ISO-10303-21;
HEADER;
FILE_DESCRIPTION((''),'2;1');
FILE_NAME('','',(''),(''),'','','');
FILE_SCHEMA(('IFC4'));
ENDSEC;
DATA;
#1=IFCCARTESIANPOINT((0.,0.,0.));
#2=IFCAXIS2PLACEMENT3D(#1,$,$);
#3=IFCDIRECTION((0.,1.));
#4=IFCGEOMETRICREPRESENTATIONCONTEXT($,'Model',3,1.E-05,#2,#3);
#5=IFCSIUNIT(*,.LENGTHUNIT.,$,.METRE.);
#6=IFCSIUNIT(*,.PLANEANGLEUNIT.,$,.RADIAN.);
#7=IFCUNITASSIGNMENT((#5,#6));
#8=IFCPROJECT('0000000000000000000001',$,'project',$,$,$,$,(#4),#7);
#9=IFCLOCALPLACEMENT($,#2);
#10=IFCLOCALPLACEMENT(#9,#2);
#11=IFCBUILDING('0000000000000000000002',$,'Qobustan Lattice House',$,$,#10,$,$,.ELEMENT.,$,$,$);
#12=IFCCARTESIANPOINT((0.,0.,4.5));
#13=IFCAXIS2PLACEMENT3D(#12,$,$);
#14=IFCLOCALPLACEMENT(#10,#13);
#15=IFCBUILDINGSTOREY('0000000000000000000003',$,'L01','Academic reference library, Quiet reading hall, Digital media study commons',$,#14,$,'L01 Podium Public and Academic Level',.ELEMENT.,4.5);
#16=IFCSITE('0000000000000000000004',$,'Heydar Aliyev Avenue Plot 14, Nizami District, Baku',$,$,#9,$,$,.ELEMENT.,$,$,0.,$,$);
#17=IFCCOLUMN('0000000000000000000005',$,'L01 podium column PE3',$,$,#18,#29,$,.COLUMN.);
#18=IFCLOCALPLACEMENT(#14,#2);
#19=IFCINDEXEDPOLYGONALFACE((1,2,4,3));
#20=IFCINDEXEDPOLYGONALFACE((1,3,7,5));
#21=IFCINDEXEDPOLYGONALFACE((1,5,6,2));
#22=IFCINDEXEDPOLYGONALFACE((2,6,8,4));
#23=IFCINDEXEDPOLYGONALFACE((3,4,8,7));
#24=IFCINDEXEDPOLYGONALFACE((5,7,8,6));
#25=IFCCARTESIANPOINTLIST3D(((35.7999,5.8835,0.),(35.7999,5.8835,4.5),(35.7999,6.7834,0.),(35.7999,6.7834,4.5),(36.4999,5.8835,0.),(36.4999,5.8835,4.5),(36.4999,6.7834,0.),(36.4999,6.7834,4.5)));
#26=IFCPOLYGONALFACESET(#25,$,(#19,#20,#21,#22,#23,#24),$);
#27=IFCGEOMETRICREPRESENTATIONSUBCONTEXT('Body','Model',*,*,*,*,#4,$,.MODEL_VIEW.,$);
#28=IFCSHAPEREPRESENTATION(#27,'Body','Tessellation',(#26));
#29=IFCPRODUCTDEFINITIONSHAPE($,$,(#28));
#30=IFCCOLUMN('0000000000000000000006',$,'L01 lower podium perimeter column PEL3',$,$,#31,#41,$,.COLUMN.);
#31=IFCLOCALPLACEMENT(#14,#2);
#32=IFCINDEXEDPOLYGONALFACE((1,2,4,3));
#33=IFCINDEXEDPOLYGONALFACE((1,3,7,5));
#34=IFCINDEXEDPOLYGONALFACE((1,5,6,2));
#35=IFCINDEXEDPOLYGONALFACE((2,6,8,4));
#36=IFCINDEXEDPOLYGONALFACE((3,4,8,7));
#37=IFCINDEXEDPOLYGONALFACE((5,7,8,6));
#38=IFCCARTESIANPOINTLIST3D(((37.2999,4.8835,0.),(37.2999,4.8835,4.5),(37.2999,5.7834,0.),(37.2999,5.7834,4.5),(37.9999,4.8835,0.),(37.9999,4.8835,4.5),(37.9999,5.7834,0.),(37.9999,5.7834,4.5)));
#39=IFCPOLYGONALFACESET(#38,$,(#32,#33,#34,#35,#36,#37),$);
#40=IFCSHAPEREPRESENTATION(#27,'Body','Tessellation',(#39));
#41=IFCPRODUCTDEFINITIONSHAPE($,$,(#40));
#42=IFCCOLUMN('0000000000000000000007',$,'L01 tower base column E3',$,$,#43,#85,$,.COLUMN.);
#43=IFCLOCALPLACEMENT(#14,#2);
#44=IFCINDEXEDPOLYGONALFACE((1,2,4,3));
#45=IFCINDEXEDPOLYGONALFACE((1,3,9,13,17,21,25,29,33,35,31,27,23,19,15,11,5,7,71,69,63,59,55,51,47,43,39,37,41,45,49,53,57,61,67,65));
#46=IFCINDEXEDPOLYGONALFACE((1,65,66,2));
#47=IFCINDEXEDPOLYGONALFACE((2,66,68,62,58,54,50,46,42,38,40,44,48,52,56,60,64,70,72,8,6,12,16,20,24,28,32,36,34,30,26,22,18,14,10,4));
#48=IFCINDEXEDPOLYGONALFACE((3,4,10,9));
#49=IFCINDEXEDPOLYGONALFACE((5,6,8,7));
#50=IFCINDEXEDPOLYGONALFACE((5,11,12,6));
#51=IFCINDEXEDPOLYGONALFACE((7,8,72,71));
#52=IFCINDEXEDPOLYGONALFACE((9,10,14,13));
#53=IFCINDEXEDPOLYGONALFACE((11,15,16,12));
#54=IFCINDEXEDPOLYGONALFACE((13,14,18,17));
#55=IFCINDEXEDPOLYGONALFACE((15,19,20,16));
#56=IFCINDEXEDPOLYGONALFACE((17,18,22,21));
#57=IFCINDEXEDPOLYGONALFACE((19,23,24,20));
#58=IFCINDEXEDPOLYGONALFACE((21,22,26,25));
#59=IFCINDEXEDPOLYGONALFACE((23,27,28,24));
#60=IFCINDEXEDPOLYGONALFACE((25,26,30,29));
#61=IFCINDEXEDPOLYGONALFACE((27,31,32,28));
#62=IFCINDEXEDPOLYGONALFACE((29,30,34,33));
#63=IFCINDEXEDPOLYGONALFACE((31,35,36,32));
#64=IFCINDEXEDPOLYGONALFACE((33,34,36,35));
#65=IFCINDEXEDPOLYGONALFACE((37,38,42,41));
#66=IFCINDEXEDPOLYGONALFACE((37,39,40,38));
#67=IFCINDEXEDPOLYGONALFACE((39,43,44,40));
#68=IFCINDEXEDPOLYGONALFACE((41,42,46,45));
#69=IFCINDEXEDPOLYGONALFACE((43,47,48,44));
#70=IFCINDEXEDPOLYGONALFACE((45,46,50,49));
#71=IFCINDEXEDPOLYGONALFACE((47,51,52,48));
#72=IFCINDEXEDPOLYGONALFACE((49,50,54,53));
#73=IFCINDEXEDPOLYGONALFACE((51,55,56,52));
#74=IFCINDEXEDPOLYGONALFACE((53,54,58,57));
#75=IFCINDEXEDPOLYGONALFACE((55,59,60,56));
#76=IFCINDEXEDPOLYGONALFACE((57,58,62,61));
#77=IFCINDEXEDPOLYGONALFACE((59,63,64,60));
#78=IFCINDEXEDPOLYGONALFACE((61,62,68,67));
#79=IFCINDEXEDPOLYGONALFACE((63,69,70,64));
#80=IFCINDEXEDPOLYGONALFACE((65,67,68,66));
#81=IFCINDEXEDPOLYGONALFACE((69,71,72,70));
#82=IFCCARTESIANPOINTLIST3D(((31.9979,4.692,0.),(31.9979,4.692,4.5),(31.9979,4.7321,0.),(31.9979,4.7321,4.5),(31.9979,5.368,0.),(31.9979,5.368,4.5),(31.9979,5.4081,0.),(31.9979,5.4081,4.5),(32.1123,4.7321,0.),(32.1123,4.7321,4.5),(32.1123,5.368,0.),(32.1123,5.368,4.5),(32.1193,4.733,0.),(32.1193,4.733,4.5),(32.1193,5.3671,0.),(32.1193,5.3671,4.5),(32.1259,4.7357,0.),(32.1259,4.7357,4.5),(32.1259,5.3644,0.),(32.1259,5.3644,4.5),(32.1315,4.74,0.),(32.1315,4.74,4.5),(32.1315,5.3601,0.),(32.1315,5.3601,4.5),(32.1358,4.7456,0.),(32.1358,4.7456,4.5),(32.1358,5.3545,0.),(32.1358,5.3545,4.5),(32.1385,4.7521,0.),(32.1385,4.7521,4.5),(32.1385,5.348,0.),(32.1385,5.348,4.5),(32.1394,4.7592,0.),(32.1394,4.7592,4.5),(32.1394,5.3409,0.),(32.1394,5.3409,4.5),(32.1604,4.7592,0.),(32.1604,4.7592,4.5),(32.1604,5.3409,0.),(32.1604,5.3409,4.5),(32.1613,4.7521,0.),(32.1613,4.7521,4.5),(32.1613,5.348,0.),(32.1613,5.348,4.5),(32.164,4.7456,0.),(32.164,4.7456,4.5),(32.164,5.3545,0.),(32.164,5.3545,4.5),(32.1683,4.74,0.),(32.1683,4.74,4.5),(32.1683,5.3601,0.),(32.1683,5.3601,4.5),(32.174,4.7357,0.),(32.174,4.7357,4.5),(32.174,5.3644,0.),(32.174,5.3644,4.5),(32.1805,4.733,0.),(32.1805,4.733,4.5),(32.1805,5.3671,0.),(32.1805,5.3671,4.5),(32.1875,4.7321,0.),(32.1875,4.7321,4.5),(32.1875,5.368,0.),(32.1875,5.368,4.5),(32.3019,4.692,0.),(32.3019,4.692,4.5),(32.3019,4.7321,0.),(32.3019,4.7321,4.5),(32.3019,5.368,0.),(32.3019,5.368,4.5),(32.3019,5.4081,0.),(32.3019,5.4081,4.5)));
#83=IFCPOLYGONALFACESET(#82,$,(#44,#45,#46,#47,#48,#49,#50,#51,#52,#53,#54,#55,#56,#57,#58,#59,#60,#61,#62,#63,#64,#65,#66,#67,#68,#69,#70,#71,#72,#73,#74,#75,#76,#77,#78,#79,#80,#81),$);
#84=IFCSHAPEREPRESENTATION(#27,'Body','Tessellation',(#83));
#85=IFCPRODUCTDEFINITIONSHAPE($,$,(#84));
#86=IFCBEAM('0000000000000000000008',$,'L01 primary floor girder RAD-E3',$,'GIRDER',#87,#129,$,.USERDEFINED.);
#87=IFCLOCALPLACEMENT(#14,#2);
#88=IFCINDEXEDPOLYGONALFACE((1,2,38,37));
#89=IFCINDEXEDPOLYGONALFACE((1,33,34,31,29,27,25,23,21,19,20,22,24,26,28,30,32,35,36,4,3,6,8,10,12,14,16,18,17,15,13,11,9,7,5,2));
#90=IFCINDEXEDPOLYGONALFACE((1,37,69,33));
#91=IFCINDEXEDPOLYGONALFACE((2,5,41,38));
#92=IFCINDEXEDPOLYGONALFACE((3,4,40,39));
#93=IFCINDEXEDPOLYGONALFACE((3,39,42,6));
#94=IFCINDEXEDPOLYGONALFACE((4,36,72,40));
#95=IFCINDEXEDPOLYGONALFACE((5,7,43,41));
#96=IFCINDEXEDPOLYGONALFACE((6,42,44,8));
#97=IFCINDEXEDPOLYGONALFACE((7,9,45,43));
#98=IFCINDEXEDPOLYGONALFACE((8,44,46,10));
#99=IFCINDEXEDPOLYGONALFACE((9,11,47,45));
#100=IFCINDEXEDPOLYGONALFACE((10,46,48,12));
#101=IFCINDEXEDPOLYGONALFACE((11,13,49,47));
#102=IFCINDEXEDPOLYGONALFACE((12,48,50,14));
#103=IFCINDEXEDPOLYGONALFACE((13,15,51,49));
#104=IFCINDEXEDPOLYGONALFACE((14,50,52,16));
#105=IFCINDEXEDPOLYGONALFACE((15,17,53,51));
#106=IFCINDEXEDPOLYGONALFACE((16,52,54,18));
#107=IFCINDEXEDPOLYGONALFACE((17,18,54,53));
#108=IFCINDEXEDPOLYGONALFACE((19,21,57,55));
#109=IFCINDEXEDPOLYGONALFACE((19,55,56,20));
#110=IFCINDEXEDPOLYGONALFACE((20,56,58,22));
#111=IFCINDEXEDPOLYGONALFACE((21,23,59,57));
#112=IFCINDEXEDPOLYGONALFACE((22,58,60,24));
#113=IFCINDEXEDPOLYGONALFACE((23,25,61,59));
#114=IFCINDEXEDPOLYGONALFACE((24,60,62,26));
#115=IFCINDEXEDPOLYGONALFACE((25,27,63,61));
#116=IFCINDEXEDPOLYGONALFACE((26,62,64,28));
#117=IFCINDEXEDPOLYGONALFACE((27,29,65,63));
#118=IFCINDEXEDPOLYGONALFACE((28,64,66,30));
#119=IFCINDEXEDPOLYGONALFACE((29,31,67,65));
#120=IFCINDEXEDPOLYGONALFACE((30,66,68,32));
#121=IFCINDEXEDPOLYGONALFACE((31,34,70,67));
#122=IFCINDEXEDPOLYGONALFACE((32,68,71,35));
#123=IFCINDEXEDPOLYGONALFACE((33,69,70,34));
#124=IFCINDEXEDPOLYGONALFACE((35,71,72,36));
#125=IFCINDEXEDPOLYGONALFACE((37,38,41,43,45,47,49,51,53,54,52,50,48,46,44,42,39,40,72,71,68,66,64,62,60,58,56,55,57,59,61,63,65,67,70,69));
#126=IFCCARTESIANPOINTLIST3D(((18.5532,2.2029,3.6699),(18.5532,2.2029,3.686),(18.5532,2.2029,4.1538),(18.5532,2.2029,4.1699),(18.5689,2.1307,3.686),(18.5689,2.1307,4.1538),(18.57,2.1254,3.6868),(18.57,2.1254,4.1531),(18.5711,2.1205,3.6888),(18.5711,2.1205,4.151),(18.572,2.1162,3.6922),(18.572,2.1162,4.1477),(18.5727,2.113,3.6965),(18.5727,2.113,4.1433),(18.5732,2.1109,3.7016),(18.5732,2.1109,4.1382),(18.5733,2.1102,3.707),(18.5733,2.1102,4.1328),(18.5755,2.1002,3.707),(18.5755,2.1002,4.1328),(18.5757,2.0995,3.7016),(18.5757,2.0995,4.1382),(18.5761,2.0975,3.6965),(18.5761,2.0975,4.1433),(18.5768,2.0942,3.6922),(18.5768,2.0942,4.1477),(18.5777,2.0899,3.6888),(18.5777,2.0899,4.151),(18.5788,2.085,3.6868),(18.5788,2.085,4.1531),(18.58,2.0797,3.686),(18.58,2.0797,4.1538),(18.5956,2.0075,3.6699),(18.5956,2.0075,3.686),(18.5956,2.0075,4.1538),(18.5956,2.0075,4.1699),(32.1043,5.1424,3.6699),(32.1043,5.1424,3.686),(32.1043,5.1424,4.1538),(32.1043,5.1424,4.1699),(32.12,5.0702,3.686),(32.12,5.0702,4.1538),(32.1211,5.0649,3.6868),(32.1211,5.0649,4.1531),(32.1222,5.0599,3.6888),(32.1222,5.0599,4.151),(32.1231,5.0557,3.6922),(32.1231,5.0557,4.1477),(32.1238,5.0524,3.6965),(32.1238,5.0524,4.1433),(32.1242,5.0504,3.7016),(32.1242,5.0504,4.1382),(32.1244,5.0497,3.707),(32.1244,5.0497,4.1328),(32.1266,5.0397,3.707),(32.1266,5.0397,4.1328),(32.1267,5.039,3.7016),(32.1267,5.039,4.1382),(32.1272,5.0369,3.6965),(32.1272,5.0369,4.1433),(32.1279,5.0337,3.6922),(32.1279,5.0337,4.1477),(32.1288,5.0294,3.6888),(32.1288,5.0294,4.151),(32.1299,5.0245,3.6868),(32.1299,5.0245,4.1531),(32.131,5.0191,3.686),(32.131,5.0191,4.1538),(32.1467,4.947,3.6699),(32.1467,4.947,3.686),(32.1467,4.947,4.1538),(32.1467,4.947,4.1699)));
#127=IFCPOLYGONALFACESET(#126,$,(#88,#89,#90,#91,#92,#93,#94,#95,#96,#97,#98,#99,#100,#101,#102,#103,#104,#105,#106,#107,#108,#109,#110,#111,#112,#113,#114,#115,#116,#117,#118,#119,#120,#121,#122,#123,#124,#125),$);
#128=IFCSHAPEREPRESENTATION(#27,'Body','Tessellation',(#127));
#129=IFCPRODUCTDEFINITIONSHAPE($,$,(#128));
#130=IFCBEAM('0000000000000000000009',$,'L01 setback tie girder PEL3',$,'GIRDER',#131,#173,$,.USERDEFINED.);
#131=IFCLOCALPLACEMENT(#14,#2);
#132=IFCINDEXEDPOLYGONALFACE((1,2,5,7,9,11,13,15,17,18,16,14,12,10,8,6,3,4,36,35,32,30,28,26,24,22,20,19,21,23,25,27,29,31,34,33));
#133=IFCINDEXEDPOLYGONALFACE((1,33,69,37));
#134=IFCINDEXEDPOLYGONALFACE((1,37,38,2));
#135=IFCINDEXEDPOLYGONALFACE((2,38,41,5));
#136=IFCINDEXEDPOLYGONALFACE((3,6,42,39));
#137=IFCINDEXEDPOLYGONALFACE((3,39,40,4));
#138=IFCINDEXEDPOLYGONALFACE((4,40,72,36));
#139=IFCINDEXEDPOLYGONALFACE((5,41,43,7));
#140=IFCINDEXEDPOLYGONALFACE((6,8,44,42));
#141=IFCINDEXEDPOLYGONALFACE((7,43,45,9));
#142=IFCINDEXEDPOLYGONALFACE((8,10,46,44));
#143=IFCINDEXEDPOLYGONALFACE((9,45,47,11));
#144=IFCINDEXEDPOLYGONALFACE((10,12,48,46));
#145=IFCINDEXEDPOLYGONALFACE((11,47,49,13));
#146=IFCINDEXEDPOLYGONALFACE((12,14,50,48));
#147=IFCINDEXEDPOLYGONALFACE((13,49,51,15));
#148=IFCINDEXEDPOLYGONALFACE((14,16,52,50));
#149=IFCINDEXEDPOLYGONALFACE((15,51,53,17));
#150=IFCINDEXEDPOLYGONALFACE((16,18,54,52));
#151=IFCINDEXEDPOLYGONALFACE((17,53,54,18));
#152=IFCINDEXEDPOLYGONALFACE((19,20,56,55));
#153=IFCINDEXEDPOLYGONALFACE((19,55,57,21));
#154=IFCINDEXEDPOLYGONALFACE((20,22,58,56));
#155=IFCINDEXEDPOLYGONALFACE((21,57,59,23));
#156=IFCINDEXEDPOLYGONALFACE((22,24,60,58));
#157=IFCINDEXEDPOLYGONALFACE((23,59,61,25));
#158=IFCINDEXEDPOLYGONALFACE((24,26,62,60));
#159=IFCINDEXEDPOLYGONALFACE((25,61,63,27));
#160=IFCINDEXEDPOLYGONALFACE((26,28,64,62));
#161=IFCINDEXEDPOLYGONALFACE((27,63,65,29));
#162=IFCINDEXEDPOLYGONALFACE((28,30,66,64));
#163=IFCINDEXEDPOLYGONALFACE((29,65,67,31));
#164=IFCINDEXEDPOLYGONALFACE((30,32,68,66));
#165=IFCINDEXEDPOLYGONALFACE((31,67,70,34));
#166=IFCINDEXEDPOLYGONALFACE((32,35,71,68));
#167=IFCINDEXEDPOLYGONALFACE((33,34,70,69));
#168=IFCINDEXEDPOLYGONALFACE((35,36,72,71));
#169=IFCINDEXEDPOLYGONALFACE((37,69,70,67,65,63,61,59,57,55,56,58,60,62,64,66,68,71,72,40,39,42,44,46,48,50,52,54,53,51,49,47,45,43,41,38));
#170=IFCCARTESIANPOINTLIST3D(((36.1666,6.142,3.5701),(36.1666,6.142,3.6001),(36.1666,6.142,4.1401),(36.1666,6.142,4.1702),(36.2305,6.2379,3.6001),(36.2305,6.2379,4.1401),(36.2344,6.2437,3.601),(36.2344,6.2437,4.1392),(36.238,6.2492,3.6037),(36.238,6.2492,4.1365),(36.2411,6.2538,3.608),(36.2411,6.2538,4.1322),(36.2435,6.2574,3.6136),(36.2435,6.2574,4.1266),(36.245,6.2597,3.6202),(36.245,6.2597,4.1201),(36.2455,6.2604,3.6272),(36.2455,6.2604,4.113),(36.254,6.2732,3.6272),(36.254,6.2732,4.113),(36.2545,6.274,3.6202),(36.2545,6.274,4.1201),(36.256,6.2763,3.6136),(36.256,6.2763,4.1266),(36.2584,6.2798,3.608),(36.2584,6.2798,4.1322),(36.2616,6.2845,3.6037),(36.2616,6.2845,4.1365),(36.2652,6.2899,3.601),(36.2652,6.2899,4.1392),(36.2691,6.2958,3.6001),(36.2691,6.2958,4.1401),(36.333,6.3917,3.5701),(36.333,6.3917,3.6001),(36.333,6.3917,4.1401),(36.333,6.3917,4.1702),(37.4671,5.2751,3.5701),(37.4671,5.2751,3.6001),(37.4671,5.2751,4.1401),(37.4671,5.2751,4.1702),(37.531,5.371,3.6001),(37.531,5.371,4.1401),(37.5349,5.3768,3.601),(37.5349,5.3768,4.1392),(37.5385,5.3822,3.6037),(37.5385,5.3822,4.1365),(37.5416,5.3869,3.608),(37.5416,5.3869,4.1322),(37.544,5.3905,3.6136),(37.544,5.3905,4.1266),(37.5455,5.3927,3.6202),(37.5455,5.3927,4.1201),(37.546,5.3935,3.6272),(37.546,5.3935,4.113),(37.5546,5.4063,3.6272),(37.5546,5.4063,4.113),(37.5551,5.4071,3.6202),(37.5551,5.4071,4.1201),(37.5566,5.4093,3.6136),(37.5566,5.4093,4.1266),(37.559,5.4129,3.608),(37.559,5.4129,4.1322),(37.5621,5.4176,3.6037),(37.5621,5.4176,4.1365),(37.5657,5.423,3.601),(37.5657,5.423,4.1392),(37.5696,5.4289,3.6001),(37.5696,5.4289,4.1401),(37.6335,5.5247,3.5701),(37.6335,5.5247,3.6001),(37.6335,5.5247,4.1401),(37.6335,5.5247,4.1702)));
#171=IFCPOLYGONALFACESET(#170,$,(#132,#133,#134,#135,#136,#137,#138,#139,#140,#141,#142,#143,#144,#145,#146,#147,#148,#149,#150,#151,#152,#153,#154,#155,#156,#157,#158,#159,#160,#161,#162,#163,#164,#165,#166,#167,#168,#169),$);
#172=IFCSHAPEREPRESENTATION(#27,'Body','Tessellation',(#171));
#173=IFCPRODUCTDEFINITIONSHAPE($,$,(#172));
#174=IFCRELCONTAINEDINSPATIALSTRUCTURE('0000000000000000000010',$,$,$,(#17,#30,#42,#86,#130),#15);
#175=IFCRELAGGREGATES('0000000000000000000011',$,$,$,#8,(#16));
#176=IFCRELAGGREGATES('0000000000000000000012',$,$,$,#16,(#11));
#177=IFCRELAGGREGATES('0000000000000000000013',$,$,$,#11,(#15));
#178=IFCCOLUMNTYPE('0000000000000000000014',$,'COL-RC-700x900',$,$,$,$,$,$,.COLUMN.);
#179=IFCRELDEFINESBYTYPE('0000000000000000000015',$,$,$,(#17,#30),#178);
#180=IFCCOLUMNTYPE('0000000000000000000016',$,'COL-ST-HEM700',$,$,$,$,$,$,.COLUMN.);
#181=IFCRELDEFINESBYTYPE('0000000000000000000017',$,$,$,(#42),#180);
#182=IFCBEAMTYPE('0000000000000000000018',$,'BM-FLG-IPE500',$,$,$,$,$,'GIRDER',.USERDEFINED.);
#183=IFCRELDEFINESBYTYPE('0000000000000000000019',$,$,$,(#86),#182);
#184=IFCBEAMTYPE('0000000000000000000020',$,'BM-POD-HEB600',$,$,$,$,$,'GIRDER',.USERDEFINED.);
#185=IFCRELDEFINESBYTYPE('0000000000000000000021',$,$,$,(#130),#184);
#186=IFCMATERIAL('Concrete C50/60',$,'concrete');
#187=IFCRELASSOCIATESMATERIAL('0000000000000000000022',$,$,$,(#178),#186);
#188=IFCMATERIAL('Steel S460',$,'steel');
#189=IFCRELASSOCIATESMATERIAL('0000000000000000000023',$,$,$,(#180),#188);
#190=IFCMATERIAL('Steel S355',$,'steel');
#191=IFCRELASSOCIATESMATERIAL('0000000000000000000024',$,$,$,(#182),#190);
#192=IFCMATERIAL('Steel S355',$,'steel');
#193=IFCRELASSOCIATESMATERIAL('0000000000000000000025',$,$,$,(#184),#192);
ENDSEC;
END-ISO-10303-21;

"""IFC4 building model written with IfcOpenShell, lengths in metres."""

from ifc_helpers import new_model, si_unit, direction, frame, origin, origin_2d, place, context, subcontext, project, spatial, rectangle, i_section, extrude, material, material_profile, profile_set, type_object, element, save


model = new_model("IFC4")

# Units and contexts
model_context = context("Model", 3, precision=1e-05, world=origin(), true_north=direction((0.0, 1.0)))
body_context = subcontext(model_context, "Body", "Model", "MODEL_VIEW")
ifc_project = project(units=[si_unit("LENGTHUNIT", "METRE"), si_unit("PLANEANGLEUNIT", "RADIAN")], contexts=[model_context])

# Site, building, storey
site_placement = place(None, origin())
site = spatial("IfcSite", under=ifc_project, at=site_placement, Name="Heydar Aliyev Avenue Plot 14, Nizami District, Baku", CompositionType="ELEMENT", RefElevation=0.0)
building_placement = place(site_placement, origin())
building = spatial("IfcBuilding", under=site, at=building_placement, Name="Qobustan Lattice House", CompositionType="ELEMENT")
storey_placement = place(building_placement, frame((0.0, 0.0, 4.5)))
storey = spatial("IfcBuildingStorey", under=building, at=storey_placement, Name="L01", Description="Academic reference library, Quiet reading hall, Digital media study commons", LongName="L01 Podium Public and Academic Level", CompositionType="ELEMENT", Elevation=4.5)

# Columns
ifc_material_1 = material(Name="Concrete C50/60", Category="concrete")
ifc_material_profile_1 = material_profile(ifc_material_1, rectangle(XDim=0.7, YDim=0.8999, at=origin_2d()), Name="RC700x900")
ifc_profile_set_1 = profile_set([ifc_material_profile_1], Name="Concrete C50/60")
column_type_1 = type_object("IfcColumnType", Name="COL-RC-700x900", PredefinedType="COLUMN", material=ifc_profile_set_1)
for number, where, z_axis, x_axis, name in (
    (1, (36.1499, 6.3335, 0.0), (0.0, 0.0, 1.0), (1.0, 0.0, 0.0), "L01 podium column PE3"),
    (2, (37.6499, 5.3335, 0.0), (0.0, 0.0, 1.0), (1.0, 0.0, 0.0), "L01 lower podium perimeter column PEL3"),
):
    element("IfcColumn", number, at=place(storey_placement, frame(where, z_axis=z_axis, x_axis=x_axis)), inside=storey, type_object=column_type_1, Name=name, PredefinedType="COLUMN", context=body_context, shape_type="SweptSolid", body=[
        extrude(rectangle(XDim=0.7, YDim=0.8999, at=origin_2d()), origin(), (0.0, 0.0, 1.0), 4.5),
    ])
ifc_material_2 = material(Name="Steel S460", Category="steel")
ifc_material_profile_2 = material_profile(ifc_material_2, i_section(OverallWidth=0.304, OverallDepth=0.7161, WebThickness=0.021, FlangeThickness=0.04, FilletRadius=0.0271, at=origin_2d()), Name="HEM700")
ifc_profile_set_2 = profile_set([ifc_material_profile_2], Name="Steel S460")
column_type_2 = type_object("IfcColumnType", Name="COL-ST-HEM700", PredefinedType="COLUMN", material=ifc_profile_set_2)
column_placement = place(storey_placement, frame((32.1499, 5.05, 0.0), z_axis=(0.0, 0.0, 1.0), x_axis=(1.0, 0.0, 0.0)))
element("IfcColumn", 3, at=column_placement, inside=storey, type_object=column_type_2, Name="L01 tower base column E3", PredefinedType="COLUMN", context=body_context, shape_type="SweptSolid", body=[
    extrude(i_section(OverallWidth=0.304, OverallDepth=0.7161, WebThickness=0.021, FlangeThickness=0.04, FilletRadius=0.0271, at=origin_2d()), origin(), (0.0, 0.0, 1.0), 4.5),
])

# Beams
ifc_material_3 = material(Name="Steel S355", Category="steel")
ifc_material_profile_3 = material_profile(ifc_material_3, i_section(OverallWidth=0.2, OverallDepth=0.5, WebThickness=0.0103, FlangeThickness=0.0161, FilletRadius=0.021, at=origin_2d()), Name="IPE500")
ifc_profile_set_3 = profile_set([ifc_material_profile_3], Name="Steel S355")
beam_type_1 = type_object("IfcBeamType", Name="BM-FLG-IPE500", ElementType="GIRDER", PredefinedType="USERDEFINED", material=ifc_profile_set_3)
beam_1_placement = place(storey_placement, frame((32.1255, 5.0447, 3.9199), z_axis=(-0.977272, -0.211987, 0.0), x_axis=(0.211987, -0.977272, 0.0)))
element("IfcBeam", 4, at=beam_1_placement, inside=storey, type_object=beam_type_1, Name="L01 primary floor girder RAD-E3", ObjectType="GIRDER", PredefinedType="USERDEFINED", context=body_context, shape_type="SweptSolid", body=[
    extrude(i_section(OverallWidth=0.2, OverallDepth=0.5, WebThickness=0.0103, FlangeThickness=0.0161, FilletRadius=0.021, at=origin_2d()), origin(), (0.0, 0.0, 1.0), 13.8662),
])
ifc_material_4 = material(Name="Steel S355", Category="steel")
ifc_material_profile_4 = material_profile(ifc_material_4, i_section(OverallWidth=0.3, OverallDepth=0.6001, WebThickness=0.0154, FlangeThickness=0.03, FilletRadius=0.0271, at=origin_2d()), Name="HEB600")
ifc_profile_set_4 = profile_set([ifc_material_profile_4], Name="Steel S355")
beam_type_2 = type_object("IfcBeamType", Name="BM-POD-HEB600", ElementType="GIRDER", PredefinedType="USERDEFINED", material=ifc_profile_set_4)
beam_2_placement = place(storey_placement, frame((37.5503, 5.3999, 3.8701), z_axis=(-0.832074, 0.554664, 0.0), x_axis=(-0.554664, -0.832074, 0.0)))
element("IfcBeam", 5, at=beam_2_placement, inside=storey, type_object=beam_type_2, Name="L01 setback tie girder PEL3", ObjectType="GIRDER", PredefinedType="USERDEFINED", context=body_context, shape_type="SweptSolid", body=[
    extrude(i_section(OverallWidth=0.3, OverallDepth=0.6001, WebThickness=0.0154, FlangeThickness=0.03, FilletRadius=0.0271, at=origin_2d()), origin(), (0.0, 0.0, 1.0), 1.563),
])

save(model, "model.ifc")
